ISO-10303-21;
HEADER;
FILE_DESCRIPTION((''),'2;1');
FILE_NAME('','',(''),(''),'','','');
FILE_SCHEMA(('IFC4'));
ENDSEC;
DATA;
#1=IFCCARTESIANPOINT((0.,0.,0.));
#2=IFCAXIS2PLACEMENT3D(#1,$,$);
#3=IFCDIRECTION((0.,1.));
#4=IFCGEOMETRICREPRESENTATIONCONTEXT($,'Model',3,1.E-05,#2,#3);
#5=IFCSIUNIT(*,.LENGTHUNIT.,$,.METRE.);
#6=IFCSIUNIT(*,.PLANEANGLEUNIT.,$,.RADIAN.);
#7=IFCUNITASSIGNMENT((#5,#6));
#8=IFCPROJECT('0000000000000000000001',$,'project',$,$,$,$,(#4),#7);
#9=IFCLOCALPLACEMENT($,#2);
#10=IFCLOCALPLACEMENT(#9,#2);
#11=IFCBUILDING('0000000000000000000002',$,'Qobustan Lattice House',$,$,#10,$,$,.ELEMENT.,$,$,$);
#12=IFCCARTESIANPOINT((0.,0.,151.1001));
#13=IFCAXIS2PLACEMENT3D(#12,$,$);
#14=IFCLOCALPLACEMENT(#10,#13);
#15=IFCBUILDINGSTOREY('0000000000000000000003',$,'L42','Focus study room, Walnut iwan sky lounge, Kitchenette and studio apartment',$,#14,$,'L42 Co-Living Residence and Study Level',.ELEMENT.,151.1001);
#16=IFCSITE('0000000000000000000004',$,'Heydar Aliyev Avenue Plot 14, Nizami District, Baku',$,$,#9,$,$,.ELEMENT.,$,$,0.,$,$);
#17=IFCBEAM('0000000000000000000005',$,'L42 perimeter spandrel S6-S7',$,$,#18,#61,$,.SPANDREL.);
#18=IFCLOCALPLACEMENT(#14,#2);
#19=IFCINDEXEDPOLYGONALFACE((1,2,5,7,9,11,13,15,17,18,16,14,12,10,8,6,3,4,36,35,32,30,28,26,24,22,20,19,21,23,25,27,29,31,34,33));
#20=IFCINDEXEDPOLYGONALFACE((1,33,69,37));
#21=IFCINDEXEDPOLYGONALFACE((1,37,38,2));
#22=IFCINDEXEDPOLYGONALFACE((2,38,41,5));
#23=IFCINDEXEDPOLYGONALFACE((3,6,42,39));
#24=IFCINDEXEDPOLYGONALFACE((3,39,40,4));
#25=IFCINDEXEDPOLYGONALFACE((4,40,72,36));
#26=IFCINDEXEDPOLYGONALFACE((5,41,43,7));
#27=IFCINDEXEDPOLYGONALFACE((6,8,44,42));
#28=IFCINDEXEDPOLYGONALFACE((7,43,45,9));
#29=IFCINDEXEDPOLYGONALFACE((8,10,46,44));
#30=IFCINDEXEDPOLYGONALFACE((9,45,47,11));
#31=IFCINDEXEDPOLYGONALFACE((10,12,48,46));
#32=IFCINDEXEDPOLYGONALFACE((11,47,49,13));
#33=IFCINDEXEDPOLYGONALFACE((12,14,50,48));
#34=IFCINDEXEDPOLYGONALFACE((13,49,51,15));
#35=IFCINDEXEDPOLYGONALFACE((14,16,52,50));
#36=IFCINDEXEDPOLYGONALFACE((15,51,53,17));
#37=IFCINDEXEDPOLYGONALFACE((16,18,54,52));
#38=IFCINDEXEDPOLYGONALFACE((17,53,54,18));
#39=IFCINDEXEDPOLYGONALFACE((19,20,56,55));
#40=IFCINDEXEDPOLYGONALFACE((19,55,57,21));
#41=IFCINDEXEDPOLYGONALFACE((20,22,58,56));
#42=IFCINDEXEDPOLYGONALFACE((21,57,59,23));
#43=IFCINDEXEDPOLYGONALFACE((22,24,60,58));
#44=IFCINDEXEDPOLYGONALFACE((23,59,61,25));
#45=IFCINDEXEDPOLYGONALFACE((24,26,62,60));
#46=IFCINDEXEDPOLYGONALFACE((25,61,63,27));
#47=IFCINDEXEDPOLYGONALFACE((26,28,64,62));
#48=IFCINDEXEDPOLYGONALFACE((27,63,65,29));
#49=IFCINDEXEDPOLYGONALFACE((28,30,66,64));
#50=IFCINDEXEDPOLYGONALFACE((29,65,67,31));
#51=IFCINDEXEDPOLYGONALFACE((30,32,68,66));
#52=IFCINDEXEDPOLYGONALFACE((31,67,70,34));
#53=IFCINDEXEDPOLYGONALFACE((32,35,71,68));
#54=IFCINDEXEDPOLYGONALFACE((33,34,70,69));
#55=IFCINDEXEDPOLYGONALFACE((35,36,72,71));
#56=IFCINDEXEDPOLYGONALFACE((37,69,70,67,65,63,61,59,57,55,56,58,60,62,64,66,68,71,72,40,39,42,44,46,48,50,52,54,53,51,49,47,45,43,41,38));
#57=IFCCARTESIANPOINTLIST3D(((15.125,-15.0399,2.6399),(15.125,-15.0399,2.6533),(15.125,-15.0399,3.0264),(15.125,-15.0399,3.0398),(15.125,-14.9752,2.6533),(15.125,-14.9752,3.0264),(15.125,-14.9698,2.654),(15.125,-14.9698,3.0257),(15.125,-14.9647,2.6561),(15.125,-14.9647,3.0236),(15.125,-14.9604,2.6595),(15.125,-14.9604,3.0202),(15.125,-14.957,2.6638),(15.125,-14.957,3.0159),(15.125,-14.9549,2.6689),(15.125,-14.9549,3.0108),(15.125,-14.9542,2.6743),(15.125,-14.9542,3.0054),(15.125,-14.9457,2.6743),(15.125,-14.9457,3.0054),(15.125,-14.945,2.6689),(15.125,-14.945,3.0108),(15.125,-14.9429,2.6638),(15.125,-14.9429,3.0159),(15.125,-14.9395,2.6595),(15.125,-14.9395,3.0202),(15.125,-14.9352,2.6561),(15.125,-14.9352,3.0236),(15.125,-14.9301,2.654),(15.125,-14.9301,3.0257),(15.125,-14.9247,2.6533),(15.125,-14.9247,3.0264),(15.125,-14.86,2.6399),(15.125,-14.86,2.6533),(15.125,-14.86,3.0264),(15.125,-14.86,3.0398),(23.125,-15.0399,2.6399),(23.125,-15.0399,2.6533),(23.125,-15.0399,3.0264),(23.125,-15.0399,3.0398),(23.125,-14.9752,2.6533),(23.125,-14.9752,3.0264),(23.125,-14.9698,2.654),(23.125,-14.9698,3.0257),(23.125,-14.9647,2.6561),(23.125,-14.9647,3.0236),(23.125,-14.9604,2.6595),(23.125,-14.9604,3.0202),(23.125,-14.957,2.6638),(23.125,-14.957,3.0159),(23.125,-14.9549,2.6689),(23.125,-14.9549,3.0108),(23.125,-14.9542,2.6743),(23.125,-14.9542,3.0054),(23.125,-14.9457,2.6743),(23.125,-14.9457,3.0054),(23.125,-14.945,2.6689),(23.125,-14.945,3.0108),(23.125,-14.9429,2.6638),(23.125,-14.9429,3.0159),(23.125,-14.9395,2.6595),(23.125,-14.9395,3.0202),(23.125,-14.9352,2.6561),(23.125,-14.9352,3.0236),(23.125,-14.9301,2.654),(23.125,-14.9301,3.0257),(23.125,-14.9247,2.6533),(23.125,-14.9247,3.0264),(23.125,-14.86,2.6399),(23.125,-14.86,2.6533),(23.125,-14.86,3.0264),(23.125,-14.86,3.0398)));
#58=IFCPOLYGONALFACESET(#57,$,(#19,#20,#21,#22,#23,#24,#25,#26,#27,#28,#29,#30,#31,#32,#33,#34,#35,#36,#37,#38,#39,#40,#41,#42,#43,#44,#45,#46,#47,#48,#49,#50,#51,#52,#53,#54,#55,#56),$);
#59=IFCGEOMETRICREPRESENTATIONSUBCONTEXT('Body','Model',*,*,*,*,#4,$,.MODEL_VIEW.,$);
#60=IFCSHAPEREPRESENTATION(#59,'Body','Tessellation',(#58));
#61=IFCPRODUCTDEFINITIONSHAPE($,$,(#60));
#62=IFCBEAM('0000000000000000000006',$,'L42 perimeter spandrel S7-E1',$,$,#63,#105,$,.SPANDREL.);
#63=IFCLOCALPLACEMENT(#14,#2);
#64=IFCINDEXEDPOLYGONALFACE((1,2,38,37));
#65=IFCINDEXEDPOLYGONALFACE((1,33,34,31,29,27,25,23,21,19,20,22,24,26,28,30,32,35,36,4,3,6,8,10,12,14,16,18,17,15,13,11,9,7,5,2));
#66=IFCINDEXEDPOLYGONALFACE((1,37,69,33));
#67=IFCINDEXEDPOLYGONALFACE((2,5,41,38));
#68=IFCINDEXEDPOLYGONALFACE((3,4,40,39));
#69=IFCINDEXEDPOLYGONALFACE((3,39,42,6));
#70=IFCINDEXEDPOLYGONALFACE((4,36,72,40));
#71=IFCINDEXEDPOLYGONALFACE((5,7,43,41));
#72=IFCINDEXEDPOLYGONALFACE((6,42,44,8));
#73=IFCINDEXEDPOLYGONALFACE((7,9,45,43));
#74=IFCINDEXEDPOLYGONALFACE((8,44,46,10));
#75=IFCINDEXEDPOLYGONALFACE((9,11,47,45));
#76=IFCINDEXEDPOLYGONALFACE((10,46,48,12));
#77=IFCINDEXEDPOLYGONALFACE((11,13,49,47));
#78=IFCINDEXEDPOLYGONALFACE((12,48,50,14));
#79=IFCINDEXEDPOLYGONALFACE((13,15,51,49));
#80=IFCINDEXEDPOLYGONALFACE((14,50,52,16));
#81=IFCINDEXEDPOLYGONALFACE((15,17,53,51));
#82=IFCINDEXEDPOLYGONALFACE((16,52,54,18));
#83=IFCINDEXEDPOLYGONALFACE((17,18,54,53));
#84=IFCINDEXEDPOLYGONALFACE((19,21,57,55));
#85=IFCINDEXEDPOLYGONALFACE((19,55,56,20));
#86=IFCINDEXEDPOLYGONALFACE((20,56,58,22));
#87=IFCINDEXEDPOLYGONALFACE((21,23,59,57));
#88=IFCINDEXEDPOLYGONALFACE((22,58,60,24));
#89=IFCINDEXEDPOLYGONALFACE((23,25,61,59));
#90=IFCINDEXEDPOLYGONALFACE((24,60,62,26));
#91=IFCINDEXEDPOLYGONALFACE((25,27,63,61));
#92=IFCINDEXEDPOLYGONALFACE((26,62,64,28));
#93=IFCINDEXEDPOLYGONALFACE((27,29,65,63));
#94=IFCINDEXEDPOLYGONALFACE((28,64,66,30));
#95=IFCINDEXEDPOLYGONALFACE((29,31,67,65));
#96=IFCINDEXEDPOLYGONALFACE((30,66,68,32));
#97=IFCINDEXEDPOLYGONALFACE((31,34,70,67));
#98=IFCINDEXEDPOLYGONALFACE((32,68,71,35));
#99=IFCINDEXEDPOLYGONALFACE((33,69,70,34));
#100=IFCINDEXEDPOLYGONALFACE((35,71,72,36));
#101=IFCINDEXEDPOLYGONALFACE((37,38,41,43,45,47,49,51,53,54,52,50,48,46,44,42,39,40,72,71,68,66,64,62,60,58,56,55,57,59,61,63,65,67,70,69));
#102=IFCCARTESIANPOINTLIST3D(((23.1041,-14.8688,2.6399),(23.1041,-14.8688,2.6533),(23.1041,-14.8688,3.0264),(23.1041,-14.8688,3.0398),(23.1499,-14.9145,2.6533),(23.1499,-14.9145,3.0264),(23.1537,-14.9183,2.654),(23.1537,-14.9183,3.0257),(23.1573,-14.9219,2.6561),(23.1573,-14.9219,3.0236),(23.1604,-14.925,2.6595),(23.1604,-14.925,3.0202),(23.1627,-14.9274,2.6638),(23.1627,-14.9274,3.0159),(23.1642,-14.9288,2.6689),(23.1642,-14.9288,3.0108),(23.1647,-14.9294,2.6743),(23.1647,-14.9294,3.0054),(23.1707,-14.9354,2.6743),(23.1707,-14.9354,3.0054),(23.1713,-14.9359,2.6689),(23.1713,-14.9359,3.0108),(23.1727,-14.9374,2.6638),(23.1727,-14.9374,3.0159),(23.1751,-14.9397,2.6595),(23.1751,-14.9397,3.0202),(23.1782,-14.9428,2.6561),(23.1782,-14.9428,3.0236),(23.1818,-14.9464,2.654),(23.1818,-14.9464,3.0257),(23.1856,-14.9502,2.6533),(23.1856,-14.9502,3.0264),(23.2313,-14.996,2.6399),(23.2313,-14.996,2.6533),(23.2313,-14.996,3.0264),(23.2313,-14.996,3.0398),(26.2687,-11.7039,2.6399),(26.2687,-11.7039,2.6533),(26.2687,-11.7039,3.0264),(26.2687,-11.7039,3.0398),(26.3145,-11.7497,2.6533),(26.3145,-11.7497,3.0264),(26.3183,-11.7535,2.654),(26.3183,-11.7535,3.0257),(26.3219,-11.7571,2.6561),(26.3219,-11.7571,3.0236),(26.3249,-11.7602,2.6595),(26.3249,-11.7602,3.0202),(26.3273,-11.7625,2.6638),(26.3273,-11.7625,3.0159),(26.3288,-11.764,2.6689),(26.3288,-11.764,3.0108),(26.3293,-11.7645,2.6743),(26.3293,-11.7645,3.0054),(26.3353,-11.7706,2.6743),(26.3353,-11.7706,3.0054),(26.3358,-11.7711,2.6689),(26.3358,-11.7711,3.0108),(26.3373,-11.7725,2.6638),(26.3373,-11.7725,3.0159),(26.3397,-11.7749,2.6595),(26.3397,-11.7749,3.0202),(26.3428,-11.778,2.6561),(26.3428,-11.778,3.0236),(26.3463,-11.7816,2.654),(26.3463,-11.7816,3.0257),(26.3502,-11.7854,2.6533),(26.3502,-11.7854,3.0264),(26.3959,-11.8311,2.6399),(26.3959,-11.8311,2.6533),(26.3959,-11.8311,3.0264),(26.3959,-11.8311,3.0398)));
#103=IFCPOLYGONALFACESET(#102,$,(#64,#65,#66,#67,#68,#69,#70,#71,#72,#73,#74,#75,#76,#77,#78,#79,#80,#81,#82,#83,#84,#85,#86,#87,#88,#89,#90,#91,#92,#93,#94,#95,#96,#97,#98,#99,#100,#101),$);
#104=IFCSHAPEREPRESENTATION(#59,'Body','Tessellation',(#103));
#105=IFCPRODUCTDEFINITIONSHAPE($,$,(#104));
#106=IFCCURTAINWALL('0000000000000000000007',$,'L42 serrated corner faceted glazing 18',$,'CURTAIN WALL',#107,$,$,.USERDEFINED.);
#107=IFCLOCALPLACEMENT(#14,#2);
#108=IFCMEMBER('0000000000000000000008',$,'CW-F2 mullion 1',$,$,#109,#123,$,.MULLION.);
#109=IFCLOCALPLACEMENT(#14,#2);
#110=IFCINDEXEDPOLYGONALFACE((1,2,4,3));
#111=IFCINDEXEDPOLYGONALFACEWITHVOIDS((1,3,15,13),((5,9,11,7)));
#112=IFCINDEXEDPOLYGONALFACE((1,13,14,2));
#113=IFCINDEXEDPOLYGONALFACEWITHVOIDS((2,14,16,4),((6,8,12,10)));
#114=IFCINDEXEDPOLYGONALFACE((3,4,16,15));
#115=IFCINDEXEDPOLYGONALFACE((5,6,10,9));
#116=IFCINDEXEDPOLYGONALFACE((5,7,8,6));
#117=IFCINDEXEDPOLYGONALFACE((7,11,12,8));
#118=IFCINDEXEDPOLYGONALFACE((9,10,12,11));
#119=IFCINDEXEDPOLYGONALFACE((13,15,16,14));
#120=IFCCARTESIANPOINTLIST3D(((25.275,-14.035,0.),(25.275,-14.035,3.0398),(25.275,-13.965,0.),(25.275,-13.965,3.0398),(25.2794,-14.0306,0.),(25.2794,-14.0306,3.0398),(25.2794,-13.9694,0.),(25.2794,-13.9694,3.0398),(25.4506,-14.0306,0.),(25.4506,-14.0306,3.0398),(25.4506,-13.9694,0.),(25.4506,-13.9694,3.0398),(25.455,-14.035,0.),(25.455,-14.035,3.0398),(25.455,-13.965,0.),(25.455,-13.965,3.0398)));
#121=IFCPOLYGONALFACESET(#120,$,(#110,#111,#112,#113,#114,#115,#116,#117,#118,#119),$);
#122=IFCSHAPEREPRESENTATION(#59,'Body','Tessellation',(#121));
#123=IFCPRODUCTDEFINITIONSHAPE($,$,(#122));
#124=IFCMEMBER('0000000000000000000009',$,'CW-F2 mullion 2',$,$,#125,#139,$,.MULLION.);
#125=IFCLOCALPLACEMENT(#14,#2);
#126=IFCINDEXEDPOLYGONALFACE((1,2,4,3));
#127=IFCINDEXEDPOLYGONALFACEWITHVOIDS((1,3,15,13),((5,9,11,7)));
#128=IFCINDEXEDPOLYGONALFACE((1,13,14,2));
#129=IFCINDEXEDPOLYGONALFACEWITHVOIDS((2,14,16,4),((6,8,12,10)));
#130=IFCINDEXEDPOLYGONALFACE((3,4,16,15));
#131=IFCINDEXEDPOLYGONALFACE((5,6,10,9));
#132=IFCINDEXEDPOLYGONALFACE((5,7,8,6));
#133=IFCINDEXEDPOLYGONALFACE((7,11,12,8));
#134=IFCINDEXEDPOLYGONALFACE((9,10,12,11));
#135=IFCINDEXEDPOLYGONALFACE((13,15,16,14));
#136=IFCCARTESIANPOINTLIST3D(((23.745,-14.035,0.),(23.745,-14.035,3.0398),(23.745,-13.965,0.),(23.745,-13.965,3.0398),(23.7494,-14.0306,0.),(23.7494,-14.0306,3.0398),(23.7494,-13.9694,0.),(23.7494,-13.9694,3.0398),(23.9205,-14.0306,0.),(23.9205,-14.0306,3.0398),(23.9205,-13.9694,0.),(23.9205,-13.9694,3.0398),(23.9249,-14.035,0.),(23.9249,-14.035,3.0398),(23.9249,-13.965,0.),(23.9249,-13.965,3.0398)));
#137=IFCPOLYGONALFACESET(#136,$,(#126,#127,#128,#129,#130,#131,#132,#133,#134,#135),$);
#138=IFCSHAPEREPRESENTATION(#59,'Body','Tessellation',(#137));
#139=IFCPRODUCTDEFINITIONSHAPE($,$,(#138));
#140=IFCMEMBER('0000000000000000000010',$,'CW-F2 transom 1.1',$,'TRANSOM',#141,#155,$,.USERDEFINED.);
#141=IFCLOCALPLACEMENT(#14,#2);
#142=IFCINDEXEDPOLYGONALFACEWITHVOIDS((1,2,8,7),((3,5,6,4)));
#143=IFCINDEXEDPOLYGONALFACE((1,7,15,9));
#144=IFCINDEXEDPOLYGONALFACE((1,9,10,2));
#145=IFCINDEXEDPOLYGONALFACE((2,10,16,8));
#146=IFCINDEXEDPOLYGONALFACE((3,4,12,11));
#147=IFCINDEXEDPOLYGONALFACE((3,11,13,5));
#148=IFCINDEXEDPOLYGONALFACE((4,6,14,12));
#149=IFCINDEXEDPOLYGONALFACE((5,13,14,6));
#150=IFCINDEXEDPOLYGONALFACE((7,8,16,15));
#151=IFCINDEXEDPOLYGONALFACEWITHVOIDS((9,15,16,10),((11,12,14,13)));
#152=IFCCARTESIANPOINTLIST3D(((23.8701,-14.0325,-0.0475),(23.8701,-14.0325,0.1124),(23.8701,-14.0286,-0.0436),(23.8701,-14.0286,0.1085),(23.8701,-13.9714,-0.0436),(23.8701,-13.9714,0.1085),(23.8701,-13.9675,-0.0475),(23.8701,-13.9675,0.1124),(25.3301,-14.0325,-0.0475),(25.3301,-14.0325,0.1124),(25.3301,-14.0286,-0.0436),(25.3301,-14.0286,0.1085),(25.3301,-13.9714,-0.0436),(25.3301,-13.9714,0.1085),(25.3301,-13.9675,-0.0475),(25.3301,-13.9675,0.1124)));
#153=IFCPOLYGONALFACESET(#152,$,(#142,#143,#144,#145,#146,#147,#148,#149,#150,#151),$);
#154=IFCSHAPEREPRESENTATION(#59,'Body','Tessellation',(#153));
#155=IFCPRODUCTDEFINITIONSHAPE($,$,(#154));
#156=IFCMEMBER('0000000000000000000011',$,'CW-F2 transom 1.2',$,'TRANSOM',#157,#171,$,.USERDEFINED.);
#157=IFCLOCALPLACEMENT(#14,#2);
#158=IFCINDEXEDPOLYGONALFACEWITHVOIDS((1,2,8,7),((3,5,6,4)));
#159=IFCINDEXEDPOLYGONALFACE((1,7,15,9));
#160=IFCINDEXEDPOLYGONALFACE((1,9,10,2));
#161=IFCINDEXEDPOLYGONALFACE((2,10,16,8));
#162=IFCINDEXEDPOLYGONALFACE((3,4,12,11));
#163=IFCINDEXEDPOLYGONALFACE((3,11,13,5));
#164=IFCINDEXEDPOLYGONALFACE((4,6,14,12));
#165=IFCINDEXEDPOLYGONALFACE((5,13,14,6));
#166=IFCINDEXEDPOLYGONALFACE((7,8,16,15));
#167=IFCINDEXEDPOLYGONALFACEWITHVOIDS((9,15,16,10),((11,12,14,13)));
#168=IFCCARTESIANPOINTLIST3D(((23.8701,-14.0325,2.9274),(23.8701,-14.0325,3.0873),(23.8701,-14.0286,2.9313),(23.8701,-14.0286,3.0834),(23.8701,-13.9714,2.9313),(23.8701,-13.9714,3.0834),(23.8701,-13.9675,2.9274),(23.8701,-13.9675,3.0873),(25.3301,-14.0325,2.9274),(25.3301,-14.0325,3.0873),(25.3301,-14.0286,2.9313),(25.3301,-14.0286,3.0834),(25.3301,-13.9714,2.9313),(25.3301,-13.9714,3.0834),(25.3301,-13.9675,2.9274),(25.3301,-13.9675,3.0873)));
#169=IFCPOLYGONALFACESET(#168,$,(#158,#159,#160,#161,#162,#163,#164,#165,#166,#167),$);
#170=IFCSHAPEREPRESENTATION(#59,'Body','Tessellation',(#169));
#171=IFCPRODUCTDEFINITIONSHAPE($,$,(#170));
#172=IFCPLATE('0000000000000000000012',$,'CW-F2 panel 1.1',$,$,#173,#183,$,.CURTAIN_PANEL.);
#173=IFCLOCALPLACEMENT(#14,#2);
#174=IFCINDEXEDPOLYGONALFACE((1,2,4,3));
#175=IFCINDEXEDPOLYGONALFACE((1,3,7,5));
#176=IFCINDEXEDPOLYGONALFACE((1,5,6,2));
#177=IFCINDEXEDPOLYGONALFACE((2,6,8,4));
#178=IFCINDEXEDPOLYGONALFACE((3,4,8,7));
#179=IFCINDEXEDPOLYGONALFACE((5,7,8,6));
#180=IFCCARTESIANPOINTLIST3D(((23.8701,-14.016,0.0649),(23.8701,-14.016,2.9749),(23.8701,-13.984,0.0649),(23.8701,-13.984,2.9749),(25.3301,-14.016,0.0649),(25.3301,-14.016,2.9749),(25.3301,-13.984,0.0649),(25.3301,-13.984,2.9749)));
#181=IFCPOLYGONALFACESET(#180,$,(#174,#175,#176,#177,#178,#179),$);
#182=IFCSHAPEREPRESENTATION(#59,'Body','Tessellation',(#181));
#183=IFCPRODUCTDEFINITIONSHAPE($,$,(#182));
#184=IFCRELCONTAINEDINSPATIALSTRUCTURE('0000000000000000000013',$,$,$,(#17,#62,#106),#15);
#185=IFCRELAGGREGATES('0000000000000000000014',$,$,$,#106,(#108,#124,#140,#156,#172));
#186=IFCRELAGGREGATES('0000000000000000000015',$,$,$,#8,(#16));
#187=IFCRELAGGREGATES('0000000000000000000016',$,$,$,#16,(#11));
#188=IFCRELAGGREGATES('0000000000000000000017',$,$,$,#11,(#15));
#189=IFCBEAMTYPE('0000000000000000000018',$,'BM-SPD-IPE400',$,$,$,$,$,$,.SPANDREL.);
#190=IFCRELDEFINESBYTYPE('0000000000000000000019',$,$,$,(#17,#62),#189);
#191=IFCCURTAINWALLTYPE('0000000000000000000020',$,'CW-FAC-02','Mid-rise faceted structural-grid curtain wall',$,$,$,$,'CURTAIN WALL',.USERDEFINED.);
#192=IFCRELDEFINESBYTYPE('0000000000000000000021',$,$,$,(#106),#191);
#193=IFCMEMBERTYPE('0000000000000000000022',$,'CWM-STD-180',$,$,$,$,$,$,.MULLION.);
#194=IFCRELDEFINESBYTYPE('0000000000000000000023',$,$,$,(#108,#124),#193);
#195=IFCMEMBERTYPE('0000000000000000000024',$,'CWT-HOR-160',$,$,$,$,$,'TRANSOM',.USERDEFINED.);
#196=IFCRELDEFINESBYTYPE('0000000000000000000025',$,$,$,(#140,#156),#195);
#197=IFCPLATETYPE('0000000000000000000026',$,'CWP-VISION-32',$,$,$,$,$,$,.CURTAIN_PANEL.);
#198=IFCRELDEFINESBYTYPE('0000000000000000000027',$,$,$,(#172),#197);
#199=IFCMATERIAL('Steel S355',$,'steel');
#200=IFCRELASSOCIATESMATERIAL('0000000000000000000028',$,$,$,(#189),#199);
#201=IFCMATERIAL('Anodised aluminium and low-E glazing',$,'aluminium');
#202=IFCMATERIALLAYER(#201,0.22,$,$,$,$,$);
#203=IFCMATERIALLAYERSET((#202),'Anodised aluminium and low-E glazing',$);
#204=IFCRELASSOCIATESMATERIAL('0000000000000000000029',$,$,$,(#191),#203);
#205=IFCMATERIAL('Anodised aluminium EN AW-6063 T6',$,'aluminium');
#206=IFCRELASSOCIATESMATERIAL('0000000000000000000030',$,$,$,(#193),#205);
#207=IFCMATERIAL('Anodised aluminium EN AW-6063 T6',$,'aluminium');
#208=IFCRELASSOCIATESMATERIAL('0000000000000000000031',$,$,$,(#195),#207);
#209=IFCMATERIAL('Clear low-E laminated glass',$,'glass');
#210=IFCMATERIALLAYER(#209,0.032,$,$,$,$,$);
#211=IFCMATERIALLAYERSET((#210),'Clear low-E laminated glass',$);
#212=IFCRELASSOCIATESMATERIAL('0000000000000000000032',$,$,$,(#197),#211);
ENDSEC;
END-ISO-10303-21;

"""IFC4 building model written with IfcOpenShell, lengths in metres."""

from ifc_helpers import new_model, si_unit, direction, frame, origin, origin_2d, place, context, subcontext, project, spatial, rectangle, hollow_rectangle, i_section, extrude, material, layer, layer_set, material_profile, profile_set, type_object, element, aggregate, save


model = new_model("IFC4")

# Units and contexts
model_context = context("Model", 3, precision=1e-05, world=origin(), true_north=direction((0.0, 1.0)))
body_context = subcontext(model_context, "Body", "Model", "MODEL_VIEW")
ifc_project = project(units=[si_unit("LENGTHUNIT", "METRE"), si_unit("PLANEANGLEUNIT", "RADIAN")], contexts=[model_context])

# Site, building, storey
site_placement = place(None, origin())
site = spatial("IfcSite", under=ifc_project, at=site_placement, Name="Heydar Aliyev Avenue Plot 14, Nizami District, Baku", CompositionType="ELEMENT", RefElevation=0.0)
building_placement = place(site_placement, origin())
building = spatial("IfcBuilding", under=site, at=building_placement, Name="Qobustan Lattice House", CompositionType="ELEMENT")
storey_placement = place(building_placement, frame((0.0, 0.0, 151.1001)))
storey = spatial("IfcBuildingStorey", under=building, at=storey_placement, Name="L42", Description="Focus study room, Walnut iwan sky lounge, Kitchenette and studio apartment", LongName="L42 Co-Living Residence and Study Level", CompositionType="ELEMENT", Elevation=151.1001)

# Beams
ifc_material_1 = material(Name="Steel S355", Category="steel")
ifc_material_profile_1 = material_profile(ifc_material_1, i_section(OverallWidth=0.1799, OverallDepth=0.3999, WebThickness=0.0085, FlangeThickness=0.0134, FilletRadius=0.021, at=origin_2d()), Name="IPE400")
ifc_profile_set_1 = profile_set([ifc_material_profile_1], Name="Steel S355")
beam_type_1 = type_object("IfcBeamType", Name="BM-SPD-IPE400", PredefinedType="SPANDREL", material=ifc_profile_set_1)
beam_1_placement = place(storey_placement, frame((15.125, -14.95, 2.8398), z_axis=(1.0, 0.0, 0.0), x_axis=(0.0, 1.0, 0.0)))
element("IfcBeam", 1, at=beam_1_placement, inside=storey, type_object=beam_type_1, Name="L42 perimeter spandrel S6-S7", PredefinedType="SPANDREL", context=body_context, shape_type="SweptSolid", body=[
    extrude(i_section(OverallWidth=0.1799, OverallDepth=0.3999, WebThickness=0.0085, FlangeThickness=0.0134, FilletRadius=0.021, at=origin_2d()), origin(), (0.0, 0.0, 1.0), 8.0),
])
beam_2_placement = place(storey_placement, frame((23.1677, -14.9324, 2.8398), z_axis=(0.70708, 0.707134, 0.0), x_axis=(-0.707134, 0.70708, 0.0)))
element("IfcBeam", 2, at=beam_2_placement, inside=storey, type_object=beam_type_1, Name="L42 perimeter spandrel S7-E1", PredefinedType="SPANDREL", context=body_context, shape_type="SweptSolid", body=[
    extrude(i_section(OverallWidth=0.1799, OverallDepth=0.3999, WebThickness=0.0085, FlangeThickness=0.0134, FilletRadius=0.021, at=origin_2d()), origin(), (0.0, 0.0, 1.0), 4.4756),
])

# Curtain wall, members, plate
ifc_material_2 = material(Name="Anodised aluminium and low-E glazing", Category="aluminium")
ifc_layer_1 = layer(ifc_material_2, 0.22)
ifc_layer_set_1 = layer_set([ifc_layer_1], Name="Anodised aluminium and low-E glazing")
curtain_wall_type = type_object("IfcCurtainWallType", Name="CW-FAC-02", Description="Mid-rise faceted structural-grid curtain wall", ElementType="CURTAIN WALL", PredefinedType="USERDEFINED", material=ifc_layer_set_1)
curtain_wall_placement = place(storey_placement, origin())
curtain_wall = element("IfcCurtainWall", 3, at=curtain_wall_placement, inside=storey, type_object=curtain_wall_type, Name="L42 serrated corner faceted glazing 18", ObjectType="CURTAIN WALL", PredefinedType="USERDEFINED")
ifc_material_3 = material(Name="Anodised aluminium EN AW-6063 T6", Category="aluminium")
ifc_material_profile_2 = material_profile(ifc_material_3, hollow_rectangle(XDim=0.0701, YDim=0.1799, WallThickness=0.0044, at=origin_2d()), Name="CWM-180x70")
ifc_profile_set_2 = profile_set([ifc_material_profile_2], Name="Anodised aluminium EN AW-6063 T6")
member_type_1 = type_object("IfcMemberType", Name="CWM-STD-180", PredefinedType="MULLION", material=ifc_profile_set_2)
member_1_placement = place(storey_placement, frame((25.365, -14.0, 0.0), z_axis=(0.0, 0.0, 1.0), x_axis=(0.0, -1.0, 0.0)))
member_1 = element("IfcMember", 4, at=member_1_placement, type_object=member_type_1, Name="CW-F2 mullion 1", PredefinedType="MULLION", context=body_context, shape_type="SweptSolid", body=[
    extrude(hollow_rectangle(XDim=0.0701, YDim=0.1799, WallThickness=0.0044, at=origin_2d()), origin(), (0.0, 0.0, 1.0), 3.0398),
])
member_2_placement = place(storey_placement, frame((23.835, -14.0, 0.0), z_axis=(0.0, 0.0, 1.0), x_axis=(0.0, -1.0, 0.0)))
member_2 = element("IfcMember", 5, at=member_2_placement, type_object=member_type_1, Name="CW-F2 mullion 2", PredefinedType="MULLION", context=body_context, shape_type="SweptSolid", body=[
    extrude(hollow_rectangle(XDim=0.0701, YDim=0.1799, WallThickness=0.0044, at=origin_2d()), origin(), (0.0, 0.0, 1.0), 3.0398),
])
ifc_material_4 = material(Name="Anodised aluminium EN AW-6063 T6", Category="aluminium")
ifc_material_profile_3 = material_profile(ifc_material_4, hollow_rectangle(XDim=0.0649, YDim=0.1599, WallThickness=0.0039, at=origin_2d()), Name="CWT-160x65")
ifc_profile_set_3 = profile_set([ifc_material_profile_3], Name="Anodised aluminium EN AW-6063 T6")
member_type_2 = type_object("IfcMemberType", Name="CWT-HOR-160", ElementType="TRANSOM", PredefinedType="USERDEFINED", material=ifc_profile_set_3)
member_3_placement = place(storey_placement, frame((25.3301, -14.0, 0.0325), z_axis=(-1.0, 0.0, 0.0), x_axis=(0.0, -1.0, 0.0)))
member_3 = element("IfcMember", 6, at=member_3_placement, type_object=member_type_2, Name="CW-F2 transom 1.1", ObjectType="TRANSOM", PredefinedType="USERDEFINED", context=body_context, shape_type="SweptSolid", body=[
    extrude(hollow_rectangle(XDim=0.0649, YDim=0.1599, WallThickness=0.0039, at=origin_2d()), origin(), (0.0, 0.0, 1.0), 1.46),
])
member_4_placement = place(storey_placement, frame((25.3301, -14.0, 3.0073), z_axis=(-1.0, 0.0, 0.0), x_axis=(0.0, -1.0, 0.0)))
member_4 = element("IfcMember", 7, at=member_4_placement, type_object=member_type_2, Name="CW-F2 transom 1.2", ObjectType="TRANSOM", PredefinedType="USERDEFINED", context=body_context, shape_type="SweptSolid", body=[
    extrude(hollow_rectangle(XDim=0.0649, YDim=0.1599, WallThickness=0.0039, at=origin_2d()), origin(), (0.0, 0.0, 1.0), 1.46),
])
ifc_material_5 = material(Name="Clear low-E laminated glass", Category="glass")
ifc_layer_2 = layer(ifc_material_5, 0.032)
ifc_layer_set_2 = layer_set([ifc_layer_2], Name="Clear low-E laminated glass")
plate_type_1 = type_object("IfcPlateType", Name="CWP-VISION-32", PredefinedType="CURTAIN_PANEL", material=ifc_layer_set_2)
plate_1_placement = place(storey_placement, frame((24.6001, -14.0, 0.0649), z_axis=(0.0, 0.0, 1.0), x_axis=(-1.0, 0.0, 0.0)))
plate_1 = element("IfcPlate", 8, at=plate_1_placement, type_object=plate_type_1, Name="CW-F2 panel 1.1", PredefinedType="CURTAIN_PANEL", context=body_context, shape_type="SweptSolid", body=[
    extrude(rectangle(XDim=1.46, YDim=0.032, at=origin_2d()), origin(), (0.0, 0.0, 1.0), 2.9099),
])
aggregate(curtain_wall, [member_1, member_2, member_3, member_4, plate_1])

save(model, "model.ifc")
